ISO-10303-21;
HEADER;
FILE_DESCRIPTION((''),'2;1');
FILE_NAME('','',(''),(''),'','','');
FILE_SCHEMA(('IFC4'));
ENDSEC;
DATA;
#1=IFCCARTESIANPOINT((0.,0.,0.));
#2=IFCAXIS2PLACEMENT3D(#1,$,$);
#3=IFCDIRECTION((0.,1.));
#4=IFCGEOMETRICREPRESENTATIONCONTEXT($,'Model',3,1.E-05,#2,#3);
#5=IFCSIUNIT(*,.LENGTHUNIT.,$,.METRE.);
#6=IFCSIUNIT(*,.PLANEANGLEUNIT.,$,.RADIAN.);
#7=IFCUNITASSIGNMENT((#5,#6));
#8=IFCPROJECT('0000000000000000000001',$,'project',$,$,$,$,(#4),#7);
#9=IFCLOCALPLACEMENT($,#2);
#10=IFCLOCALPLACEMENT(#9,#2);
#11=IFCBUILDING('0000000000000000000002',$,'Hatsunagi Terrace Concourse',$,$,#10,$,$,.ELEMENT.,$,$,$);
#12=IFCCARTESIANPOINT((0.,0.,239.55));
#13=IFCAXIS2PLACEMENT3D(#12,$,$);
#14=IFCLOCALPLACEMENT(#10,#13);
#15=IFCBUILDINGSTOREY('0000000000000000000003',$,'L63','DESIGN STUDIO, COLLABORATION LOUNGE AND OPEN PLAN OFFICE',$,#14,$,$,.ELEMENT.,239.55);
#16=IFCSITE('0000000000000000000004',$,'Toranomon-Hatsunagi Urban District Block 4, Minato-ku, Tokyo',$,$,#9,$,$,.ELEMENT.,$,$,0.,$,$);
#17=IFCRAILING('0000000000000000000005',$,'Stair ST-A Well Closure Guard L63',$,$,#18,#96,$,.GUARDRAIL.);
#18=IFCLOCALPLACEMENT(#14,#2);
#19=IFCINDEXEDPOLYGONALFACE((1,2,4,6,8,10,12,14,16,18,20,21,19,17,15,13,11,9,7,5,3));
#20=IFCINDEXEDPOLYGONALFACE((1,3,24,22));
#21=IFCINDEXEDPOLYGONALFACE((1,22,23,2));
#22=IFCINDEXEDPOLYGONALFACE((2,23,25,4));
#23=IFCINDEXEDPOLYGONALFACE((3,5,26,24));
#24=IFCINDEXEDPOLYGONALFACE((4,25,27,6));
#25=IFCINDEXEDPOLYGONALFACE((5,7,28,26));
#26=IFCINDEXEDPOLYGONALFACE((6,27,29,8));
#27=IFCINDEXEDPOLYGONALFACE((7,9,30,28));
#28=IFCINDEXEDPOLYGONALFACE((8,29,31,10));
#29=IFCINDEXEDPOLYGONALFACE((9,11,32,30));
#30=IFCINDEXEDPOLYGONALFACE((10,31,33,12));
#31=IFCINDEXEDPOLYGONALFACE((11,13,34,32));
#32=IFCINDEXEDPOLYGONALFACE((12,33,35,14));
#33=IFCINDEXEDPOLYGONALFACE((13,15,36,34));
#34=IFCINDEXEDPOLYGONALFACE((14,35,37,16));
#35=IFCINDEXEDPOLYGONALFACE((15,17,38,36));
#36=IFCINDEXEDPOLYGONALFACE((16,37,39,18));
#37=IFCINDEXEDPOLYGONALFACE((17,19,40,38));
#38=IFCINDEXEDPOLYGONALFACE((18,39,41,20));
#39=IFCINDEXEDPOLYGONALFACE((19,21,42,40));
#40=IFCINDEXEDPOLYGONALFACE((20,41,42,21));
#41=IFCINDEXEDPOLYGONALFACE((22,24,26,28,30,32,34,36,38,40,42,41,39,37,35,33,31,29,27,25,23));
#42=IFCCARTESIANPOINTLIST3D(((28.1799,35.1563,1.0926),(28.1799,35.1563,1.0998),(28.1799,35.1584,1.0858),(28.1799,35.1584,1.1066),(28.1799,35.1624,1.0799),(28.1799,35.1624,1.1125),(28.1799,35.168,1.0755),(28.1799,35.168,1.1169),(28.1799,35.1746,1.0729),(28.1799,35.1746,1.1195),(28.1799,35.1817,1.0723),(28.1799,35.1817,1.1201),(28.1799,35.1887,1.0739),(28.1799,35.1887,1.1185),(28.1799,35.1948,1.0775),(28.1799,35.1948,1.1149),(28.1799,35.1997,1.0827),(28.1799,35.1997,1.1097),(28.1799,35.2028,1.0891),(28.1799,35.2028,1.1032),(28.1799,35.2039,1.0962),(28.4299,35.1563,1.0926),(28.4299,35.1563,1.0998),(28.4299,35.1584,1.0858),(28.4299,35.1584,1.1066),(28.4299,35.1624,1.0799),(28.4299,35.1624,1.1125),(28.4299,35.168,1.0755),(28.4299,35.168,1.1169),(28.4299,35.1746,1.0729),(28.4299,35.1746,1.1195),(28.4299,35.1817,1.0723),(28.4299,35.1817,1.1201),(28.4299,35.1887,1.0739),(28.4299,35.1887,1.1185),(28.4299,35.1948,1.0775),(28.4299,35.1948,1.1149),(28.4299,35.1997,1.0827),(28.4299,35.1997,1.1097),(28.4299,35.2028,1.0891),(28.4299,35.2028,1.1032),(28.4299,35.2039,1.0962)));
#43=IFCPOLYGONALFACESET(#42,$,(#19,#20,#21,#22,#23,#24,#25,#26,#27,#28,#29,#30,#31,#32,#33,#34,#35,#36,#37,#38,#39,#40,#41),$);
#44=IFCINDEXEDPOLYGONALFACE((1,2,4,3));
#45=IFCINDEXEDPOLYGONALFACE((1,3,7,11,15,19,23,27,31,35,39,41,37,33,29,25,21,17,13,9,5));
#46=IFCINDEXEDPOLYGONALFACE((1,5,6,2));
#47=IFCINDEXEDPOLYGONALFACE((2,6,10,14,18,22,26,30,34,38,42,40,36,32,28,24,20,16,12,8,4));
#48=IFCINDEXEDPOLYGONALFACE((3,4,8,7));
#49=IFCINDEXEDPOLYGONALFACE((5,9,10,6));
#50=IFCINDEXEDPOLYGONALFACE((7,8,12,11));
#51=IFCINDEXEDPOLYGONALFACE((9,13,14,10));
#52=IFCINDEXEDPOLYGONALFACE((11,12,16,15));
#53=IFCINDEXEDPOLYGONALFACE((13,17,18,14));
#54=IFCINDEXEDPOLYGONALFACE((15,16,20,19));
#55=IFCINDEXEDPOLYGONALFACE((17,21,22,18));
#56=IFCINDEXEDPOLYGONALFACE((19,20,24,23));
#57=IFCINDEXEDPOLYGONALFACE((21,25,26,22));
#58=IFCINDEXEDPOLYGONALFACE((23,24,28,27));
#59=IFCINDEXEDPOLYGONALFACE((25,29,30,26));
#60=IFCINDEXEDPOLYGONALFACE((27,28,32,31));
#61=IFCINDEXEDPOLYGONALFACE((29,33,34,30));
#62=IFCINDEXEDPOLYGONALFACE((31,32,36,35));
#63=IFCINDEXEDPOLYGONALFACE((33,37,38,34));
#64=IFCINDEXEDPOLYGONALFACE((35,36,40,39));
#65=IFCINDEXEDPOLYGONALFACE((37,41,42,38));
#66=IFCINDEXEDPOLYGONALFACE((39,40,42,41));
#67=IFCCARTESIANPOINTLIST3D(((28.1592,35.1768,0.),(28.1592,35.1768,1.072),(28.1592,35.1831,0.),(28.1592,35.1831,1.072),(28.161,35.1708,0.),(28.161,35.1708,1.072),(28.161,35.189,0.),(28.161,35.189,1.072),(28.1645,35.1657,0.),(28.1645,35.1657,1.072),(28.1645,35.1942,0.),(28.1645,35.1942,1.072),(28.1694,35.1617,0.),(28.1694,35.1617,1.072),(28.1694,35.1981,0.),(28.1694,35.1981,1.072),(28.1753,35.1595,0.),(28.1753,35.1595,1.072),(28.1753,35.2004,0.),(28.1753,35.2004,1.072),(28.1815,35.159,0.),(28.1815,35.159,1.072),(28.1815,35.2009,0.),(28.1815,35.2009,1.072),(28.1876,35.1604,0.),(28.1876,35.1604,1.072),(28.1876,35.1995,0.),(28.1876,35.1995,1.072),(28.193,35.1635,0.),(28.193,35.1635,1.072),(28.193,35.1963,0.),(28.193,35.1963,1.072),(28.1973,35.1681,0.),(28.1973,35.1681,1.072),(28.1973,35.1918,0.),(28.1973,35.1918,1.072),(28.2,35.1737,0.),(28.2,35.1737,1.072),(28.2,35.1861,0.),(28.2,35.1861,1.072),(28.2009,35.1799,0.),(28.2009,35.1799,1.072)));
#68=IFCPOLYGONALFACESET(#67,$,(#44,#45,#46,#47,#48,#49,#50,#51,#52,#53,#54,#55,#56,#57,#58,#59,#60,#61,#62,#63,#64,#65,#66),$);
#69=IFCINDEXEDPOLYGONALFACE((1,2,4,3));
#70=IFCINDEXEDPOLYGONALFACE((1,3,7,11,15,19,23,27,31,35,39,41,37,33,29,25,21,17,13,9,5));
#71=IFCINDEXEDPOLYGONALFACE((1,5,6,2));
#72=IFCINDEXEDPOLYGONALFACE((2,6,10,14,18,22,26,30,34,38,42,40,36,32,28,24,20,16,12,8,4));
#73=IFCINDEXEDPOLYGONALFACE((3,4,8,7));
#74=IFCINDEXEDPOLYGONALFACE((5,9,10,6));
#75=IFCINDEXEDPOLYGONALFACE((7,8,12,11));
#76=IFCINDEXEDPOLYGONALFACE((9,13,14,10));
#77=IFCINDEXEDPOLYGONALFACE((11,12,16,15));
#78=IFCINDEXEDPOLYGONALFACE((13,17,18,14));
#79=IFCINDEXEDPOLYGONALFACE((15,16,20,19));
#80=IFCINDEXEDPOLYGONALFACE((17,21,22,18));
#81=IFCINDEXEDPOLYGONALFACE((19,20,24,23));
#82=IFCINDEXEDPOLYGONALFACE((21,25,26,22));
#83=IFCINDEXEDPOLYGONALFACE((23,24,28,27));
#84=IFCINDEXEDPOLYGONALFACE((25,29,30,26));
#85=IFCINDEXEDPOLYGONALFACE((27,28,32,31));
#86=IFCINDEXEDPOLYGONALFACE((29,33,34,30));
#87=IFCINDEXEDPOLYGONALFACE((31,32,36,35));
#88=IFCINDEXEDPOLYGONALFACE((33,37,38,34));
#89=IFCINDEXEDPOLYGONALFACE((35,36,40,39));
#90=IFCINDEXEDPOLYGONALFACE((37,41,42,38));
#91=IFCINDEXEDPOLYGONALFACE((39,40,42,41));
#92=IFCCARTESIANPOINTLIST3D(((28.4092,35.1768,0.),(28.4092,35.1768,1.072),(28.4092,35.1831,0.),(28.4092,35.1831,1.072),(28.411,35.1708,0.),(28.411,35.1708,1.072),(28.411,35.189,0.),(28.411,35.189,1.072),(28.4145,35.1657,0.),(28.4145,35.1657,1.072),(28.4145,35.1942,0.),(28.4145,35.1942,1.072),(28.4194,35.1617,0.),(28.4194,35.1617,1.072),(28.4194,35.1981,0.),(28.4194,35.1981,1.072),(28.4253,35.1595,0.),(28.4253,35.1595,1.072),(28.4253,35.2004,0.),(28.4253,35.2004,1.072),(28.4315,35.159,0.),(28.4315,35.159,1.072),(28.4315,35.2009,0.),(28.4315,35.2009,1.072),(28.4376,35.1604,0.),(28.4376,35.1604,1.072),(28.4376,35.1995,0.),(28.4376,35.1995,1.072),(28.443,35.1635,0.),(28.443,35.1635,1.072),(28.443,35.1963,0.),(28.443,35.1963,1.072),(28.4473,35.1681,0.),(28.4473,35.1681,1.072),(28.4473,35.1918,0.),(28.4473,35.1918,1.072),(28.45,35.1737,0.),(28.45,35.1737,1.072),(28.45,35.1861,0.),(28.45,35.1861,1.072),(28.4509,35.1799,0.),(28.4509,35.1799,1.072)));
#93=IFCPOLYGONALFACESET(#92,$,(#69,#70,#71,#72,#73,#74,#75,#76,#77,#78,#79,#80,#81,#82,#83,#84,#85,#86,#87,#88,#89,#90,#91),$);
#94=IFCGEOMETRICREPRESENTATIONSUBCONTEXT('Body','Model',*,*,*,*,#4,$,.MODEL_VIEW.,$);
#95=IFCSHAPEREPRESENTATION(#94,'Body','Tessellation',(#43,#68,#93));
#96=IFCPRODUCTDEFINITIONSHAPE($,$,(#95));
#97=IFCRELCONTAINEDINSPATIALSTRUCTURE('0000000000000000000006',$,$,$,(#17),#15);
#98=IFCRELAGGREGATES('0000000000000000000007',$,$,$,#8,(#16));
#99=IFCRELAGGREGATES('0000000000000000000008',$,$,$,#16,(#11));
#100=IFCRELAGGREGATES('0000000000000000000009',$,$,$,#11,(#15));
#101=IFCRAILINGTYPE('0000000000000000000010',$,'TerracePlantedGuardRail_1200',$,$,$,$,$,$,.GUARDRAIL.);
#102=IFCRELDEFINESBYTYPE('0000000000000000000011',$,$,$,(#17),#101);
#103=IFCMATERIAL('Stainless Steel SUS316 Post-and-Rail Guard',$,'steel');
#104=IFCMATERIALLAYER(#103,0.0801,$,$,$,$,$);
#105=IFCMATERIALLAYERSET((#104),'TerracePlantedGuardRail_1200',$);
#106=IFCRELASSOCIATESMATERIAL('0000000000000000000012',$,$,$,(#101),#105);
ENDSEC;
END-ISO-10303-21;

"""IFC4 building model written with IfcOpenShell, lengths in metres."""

from ifc_helpers import new_model, si_unit, direction, frame, origin, origin_2d, place, context, subcontext, project, spatial, circle, extrude, material, layer, layer_set, type_object, element, save


model = new_model("IFC4")

# Units and contexts
model_context = context("Model", 3, precision=1e-05, world=origin(), true_north=direction((0.0, 1.0)))
body_context = subcontext(model_context, "Body", "Model", "MODEL_VIEW")
ifc_project = project(units=[si_unit("LENGTHUNIT", "METRE"), si_unit("PLANEANGLEUNIT", "RADIAN")], contexts=[model_context])

# Site, building, storey
site_placement = place(None, origin())
site = spatial("IfcSite", under=ifc_project, at=site_placement, Name="Toranomon-Hatsunagi Urban District Block 4, Minato-ku, Tokyo", CompositionType="ELEMENT", RefElevation=0.0)
building_placement = place(site_placement, origin())
building = spatial("IfcBuilding", under=site, at=building_placement, Name="Hatsunagi Terrace Concourse", CompositionType="ELEMENT")
storey_placement = place(building_placement, frame((0.0, 0.0, 239.55)))
storey = spatial("IfcBuildingStorey", under=building, at=storey_placement, Name="L63", Description="DESIGN STUDIO, COLLABORATION LOUNGE AND OPEN PLAN OFFICE", CompositionType="ELEMENT", Elevation=239.55)

# Railing
ifc_material_1 = material(Name="Stainless Steel SUS316 Post-and-Rail Guard", Category="steel")
ifc_layer_1 = layer(ifc_material_1, 0.0801)
ifc_layer_set_1 = layer_set([ifc_layer_1], Name="TerracePlantedGuardRail_1200")
railing_type_1 = type_object("IfcRailingType", Name="TerracePlantedGuardRail_1200", PredefinedType="GUARDRAIL", material=ifc_layer_set_1)
railing_1_placement = place(storey_placement, frame((28.1799, 35.1799, 0.0)))
element("IfcRailing", 1, at=railing_1_placement, inside=storey, type_object=railing_type_1, Name="Stair ST-A Well Closure Guard L63", PredefinedType="GUARDRAIL", context=body_context, shape_type="SweptSolid", body=[
    extrude(circle(Radius=0.0239, at=origin_2d()), frame((0.0, 0.0, 1.0962), z_axis=(1.0, 0.0, 0.0), x_axis=(0.0, 1.0, 0.0)), (0.0, 0.0, 1.0), 0.25),
    extrude(circle(Radius=0.021, at=origin_2d()), origin(), (0.0, 0.0, 1.0), 1.072),
    extrude(circle(Radius=0.021, at=origin_2d()), frame((0.25, 0.0, 0.0)), (0.0, 0.0, 1.0), 1.072),
])

save(model, "model.ifc")
